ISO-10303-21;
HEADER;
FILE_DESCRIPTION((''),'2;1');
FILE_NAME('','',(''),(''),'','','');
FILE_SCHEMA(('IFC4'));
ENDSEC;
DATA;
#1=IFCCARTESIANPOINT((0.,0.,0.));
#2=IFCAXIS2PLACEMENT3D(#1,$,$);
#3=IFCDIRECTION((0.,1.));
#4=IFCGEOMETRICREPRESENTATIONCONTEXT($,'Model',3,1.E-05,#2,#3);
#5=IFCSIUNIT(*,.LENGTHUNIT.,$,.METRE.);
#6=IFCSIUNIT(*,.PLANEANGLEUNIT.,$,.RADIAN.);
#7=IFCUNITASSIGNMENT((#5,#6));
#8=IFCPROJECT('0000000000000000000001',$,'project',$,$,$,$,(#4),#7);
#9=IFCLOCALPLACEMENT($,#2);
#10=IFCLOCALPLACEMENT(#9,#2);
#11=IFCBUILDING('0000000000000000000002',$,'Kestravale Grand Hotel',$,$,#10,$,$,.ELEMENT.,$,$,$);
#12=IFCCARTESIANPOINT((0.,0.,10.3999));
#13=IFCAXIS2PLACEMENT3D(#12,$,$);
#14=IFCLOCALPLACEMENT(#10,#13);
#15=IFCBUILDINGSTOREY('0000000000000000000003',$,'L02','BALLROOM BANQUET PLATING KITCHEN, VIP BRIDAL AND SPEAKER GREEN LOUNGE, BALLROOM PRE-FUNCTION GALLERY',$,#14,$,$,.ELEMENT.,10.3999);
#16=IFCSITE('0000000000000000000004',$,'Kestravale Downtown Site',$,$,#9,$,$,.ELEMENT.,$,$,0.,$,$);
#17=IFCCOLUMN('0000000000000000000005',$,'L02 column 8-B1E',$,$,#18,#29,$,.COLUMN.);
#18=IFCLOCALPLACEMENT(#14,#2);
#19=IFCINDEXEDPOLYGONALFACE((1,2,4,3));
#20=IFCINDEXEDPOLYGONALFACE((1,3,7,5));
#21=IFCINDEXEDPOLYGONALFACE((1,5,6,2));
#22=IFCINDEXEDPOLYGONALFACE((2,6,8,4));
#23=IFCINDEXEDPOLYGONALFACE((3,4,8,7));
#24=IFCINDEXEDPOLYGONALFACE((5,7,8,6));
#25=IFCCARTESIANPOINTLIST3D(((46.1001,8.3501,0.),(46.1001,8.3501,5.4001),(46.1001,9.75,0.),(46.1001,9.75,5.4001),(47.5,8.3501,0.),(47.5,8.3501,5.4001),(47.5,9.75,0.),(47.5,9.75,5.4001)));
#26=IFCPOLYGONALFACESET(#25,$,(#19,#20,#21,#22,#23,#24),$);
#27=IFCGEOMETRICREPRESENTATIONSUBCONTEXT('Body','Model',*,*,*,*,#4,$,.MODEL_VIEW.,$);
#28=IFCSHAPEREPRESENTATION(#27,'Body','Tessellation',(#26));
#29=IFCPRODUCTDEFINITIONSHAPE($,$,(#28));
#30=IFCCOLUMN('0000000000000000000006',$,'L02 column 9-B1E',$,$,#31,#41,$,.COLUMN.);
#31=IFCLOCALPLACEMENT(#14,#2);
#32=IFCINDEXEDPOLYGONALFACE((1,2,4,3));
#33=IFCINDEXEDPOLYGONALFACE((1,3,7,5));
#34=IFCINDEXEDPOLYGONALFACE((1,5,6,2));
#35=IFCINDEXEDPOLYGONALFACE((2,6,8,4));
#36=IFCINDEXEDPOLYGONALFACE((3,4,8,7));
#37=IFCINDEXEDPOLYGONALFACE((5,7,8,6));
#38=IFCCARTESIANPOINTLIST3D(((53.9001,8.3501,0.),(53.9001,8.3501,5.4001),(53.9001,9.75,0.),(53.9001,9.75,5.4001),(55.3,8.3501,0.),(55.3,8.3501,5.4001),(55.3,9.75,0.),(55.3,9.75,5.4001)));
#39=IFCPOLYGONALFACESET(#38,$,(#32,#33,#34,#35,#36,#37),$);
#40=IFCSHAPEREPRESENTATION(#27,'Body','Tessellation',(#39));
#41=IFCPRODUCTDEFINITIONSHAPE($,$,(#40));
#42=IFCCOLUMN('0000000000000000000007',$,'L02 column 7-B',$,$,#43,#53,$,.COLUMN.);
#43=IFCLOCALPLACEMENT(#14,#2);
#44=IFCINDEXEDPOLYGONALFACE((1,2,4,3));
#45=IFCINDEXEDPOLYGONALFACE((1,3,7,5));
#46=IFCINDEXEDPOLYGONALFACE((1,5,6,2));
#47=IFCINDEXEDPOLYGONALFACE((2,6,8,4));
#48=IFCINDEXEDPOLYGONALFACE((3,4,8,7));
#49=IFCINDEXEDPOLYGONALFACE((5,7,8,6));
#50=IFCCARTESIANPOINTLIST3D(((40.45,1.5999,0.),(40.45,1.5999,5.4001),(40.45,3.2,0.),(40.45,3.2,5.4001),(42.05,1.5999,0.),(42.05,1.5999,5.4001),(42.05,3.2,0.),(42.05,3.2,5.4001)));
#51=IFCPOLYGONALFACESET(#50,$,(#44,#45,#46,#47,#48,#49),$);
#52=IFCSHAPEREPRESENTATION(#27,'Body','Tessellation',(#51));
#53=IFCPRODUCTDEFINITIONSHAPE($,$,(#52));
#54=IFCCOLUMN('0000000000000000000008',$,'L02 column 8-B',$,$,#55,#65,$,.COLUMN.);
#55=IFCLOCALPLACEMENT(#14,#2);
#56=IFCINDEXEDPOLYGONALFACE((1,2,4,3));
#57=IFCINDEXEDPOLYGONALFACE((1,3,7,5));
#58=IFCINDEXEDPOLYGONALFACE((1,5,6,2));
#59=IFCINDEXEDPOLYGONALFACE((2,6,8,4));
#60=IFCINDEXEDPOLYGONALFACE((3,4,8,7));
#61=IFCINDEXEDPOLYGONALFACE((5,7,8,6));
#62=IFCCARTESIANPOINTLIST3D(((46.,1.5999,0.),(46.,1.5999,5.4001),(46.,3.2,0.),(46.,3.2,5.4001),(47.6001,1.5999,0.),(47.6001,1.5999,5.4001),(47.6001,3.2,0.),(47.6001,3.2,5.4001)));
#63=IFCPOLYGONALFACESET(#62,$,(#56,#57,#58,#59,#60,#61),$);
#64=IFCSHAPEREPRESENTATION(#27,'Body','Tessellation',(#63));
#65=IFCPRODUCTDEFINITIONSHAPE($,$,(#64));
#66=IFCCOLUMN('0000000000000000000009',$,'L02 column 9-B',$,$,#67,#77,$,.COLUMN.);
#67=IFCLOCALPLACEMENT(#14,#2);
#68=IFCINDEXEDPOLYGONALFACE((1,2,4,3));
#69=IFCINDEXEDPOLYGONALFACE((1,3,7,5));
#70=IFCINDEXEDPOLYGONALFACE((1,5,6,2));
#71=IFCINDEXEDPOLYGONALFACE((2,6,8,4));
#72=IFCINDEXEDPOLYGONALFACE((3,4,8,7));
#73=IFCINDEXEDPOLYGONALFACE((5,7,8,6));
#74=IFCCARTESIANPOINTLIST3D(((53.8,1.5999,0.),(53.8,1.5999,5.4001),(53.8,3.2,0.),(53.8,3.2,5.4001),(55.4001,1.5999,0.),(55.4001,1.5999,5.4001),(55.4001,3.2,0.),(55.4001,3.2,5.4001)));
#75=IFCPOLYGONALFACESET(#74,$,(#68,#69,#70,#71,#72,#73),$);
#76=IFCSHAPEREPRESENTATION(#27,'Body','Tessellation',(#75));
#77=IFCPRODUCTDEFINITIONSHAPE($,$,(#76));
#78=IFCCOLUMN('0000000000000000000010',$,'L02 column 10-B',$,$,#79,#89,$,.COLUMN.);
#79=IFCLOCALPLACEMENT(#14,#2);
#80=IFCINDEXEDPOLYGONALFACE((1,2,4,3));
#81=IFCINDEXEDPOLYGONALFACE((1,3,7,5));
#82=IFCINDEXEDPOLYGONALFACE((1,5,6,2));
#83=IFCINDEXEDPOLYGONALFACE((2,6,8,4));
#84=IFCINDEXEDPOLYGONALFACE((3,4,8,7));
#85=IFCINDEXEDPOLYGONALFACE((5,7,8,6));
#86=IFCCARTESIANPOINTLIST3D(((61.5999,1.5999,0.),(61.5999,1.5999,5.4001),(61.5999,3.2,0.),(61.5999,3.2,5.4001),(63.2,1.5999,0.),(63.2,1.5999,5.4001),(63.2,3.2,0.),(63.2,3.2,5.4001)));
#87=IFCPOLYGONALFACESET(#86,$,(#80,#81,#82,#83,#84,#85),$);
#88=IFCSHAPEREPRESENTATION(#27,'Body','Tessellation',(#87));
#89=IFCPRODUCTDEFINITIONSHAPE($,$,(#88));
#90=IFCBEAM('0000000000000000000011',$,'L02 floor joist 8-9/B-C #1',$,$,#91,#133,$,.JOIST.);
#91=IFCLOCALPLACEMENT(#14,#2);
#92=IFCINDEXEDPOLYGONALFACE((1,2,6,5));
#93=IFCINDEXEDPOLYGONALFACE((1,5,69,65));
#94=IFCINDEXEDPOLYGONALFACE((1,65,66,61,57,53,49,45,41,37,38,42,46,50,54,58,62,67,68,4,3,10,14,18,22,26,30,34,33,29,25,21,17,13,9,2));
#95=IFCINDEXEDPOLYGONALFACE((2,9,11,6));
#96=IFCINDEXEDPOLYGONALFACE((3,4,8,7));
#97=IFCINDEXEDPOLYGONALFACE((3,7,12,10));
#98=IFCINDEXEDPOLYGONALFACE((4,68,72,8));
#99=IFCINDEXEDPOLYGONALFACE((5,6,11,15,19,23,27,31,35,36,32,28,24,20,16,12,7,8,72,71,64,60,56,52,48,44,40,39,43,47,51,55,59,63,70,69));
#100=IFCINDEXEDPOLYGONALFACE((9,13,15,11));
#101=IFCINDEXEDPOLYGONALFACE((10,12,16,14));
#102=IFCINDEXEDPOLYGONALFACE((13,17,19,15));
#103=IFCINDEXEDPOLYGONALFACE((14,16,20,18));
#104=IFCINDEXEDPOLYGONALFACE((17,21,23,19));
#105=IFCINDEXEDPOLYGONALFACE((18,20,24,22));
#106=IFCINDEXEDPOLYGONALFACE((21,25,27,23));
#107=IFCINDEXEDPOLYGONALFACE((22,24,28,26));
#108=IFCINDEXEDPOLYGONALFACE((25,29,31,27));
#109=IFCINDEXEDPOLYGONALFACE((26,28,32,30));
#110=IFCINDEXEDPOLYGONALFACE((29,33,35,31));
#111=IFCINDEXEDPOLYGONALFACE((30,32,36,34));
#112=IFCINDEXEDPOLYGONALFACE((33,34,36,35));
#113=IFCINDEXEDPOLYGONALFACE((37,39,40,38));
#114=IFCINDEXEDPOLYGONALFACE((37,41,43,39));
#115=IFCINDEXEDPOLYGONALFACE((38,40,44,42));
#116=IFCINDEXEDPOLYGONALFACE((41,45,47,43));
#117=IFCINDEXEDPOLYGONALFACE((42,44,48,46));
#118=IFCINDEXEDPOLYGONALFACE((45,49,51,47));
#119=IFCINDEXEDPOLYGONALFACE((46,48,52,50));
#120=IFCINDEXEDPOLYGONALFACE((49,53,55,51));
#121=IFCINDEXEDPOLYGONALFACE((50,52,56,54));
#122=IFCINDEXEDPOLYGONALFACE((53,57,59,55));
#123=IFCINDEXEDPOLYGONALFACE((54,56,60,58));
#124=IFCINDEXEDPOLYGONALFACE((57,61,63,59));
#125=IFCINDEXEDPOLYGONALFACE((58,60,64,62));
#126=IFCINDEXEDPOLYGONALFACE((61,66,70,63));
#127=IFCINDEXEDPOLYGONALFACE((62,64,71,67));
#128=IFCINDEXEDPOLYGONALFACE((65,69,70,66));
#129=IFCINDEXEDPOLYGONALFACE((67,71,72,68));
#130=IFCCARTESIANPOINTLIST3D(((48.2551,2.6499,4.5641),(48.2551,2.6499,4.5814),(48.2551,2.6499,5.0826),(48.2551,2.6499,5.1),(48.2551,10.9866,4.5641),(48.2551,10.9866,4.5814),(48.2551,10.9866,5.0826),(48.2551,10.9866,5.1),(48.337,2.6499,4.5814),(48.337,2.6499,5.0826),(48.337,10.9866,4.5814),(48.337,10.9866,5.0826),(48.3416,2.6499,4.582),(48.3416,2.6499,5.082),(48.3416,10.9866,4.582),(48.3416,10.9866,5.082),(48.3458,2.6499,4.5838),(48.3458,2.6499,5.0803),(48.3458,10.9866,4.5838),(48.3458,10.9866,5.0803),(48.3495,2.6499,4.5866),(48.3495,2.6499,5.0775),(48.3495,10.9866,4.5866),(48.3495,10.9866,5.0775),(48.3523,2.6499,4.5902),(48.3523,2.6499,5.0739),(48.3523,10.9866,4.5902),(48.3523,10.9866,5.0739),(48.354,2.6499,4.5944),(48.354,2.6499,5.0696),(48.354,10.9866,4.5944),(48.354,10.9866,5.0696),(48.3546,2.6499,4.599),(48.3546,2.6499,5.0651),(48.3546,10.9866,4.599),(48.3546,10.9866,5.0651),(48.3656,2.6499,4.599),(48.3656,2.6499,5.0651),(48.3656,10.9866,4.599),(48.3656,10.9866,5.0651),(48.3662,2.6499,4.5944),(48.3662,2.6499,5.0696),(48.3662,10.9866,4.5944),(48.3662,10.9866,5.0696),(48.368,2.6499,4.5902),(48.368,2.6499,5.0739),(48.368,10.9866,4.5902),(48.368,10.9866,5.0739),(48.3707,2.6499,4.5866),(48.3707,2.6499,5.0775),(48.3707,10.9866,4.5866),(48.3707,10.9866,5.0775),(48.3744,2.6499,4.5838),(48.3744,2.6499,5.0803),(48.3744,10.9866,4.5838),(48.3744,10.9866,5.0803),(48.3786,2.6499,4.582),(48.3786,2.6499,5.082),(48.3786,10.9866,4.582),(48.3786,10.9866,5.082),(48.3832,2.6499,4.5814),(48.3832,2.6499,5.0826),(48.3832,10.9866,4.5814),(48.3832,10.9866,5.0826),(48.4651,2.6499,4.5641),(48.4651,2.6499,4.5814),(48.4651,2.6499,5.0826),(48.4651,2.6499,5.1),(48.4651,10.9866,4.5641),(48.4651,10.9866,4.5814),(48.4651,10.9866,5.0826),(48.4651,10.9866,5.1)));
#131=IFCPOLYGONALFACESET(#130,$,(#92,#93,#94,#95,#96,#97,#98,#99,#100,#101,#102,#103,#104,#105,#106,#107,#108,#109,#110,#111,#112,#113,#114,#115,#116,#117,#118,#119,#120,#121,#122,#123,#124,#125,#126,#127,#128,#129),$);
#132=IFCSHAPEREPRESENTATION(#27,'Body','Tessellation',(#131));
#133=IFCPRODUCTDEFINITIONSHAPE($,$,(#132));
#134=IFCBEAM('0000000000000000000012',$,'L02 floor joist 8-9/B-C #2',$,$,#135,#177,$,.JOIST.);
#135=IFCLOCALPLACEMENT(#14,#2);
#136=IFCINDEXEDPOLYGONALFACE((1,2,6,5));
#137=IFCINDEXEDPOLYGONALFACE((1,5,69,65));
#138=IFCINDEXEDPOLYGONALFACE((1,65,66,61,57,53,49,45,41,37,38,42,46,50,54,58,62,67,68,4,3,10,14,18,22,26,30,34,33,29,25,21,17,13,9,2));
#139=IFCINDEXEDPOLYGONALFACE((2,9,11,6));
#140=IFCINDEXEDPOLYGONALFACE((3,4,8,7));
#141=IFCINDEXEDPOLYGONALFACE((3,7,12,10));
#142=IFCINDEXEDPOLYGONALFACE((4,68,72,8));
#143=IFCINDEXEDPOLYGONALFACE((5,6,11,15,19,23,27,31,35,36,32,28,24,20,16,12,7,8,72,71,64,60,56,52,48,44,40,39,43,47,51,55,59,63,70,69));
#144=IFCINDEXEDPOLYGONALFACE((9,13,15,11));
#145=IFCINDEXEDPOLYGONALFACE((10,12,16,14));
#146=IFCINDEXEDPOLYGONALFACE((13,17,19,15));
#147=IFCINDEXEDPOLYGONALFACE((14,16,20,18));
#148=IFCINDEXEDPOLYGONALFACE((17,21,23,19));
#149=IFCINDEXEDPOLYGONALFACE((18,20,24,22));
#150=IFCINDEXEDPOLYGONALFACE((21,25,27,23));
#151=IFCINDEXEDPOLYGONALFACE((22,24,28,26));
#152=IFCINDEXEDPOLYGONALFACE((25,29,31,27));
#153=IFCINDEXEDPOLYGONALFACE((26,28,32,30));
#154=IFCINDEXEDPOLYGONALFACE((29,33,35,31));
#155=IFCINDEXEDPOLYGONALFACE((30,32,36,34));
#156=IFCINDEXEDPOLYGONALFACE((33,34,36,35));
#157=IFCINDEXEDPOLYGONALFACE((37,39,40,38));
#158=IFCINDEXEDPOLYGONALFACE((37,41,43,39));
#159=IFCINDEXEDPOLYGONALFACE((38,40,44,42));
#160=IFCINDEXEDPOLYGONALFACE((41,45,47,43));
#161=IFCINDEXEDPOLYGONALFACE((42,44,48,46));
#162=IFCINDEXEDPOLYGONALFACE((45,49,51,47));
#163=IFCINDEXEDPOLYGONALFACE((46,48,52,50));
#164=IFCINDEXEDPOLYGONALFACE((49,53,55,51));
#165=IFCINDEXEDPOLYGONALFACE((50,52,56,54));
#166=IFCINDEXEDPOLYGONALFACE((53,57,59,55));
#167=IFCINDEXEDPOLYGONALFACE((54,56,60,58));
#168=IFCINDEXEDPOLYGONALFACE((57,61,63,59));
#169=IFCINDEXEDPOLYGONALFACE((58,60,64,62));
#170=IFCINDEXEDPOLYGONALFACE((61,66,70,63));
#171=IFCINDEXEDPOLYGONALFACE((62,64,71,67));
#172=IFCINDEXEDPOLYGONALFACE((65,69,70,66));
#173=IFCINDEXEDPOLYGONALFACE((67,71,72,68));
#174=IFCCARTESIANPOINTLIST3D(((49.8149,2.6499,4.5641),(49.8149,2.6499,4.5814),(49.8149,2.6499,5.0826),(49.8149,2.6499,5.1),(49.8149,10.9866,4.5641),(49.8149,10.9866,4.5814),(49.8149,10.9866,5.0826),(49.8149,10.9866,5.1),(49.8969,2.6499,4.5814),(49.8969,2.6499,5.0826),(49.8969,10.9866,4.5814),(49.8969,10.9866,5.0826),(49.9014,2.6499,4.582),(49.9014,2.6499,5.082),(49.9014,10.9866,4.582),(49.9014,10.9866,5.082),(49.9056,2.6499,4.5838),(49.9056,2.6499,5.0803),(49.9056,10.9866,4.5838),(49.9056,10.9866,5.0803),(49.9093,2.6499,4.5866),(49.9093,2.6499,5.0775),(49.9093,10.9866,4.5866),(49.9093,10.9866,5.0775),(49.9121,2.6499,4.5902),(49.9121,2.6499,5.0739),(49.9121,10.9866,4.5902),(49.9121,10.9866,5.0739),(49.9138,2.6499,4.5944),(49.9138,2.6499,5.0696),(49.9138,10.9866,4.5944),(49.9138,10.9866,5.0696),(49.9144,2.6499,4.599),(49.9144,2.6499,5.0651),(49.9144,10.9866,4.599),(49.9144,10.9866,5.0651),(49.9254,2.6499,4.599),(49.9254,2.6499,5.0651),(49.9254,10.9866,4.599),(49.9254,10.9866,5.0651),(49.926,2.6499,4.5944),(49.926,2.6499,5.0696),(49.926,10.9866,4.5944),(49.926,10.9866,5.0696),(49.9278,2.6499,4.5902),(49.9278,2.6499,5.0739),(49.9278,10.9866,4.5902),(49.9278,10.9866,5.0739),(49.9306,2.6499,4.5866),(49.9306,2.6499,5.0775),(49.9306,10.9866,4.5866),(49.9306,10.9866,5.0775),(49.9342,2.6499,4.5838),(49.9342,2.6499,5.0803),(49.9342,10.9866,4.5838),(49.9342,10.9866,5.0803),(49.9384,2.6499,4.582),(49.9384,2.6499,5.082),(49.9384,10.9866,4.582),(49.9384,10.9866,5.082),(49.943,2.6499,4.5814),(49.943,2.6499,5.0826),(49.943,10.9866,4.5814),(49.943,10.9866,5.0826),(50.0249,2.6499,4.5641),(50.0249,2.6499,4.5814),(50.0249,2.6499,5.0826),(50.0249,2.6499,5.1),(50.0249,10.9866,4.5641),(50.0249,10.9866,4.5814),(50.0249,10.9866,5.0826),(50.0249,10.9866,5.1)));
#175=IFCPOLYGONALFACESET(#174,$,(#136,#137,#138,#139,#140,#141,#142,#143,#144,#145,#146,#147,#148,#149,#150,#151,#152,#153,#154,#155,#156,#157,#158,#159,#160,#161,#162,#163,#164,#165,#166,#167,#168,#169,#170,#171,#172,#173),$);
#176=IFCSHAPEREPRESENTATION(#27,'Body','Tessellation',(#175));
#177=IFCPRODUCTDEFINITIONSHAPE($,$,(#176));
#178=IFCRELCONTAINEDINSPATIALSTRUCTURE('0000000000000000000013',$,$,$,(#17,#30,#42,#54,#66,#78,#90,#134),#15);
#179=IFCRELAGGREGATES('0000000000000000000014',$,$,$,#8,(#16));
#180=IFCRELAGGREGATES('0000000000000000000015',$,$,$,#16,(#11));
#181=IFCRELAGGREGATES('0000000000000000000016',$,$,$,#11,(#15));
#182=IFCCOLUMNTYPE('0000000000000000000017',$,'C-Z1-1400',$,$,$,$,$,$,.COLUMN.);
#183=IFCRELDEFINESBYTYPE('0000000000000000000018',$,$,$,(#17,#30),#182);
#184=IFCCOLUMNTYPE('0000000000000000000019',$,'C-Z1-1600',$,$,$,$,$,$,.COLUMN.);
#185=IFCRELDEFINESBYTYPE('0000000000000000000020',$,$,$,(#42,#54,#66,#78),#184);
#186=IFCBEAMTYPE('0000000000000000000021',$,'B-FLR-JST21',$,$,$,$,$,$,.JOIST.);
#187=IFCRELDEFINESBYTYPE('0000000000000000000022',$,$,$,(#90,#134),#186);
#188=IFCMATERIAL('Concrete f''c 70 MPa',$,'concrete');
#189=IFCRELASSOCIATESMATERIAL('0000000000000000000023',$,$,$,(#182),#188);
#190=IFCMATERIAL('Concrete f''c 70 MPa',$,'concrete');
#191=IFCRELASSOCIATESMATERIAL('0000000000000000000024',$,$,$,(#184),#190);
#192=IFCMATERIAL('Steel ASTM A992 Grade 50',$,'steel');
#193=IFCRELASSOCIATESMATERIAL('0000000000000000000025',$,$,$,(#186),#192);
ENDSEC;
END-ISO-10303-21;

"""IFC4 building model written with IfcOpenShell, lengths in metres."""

from ifc_helpers import new_model, si_unit, direction, frame, origin, origin_2d, place, context, subcontext, project, spatial, rectangle, i_section, extrude, material, material_profile, profile_set, type_object, element, save


model = new_model("IFC4")

# Units and contexts
model_context = context("Model", 3, precision=1e-05, world=origin(), true_north=direction((0.0, 1.0)))
body_context = subcontext(model_context, "Body", "Model", "MODEL_VIEW")
ifc_project = project(units=[si_unit("LENGTHUNIT", "METRE"), si_unit("PLANEANGLEUNIT", "RADIAN")], contexts=[model_context])

# Site, building, storey
site_placement = place(None, origin())
site = spatial("IfcSite", under=ifc_project, at=site_placement, Name="Kestravale Downtown Site", CompositionType="ELEMENT", RefElevation=0.0)
building_placement = place(site_placement, origin())
building = spatial("IfcBuilding", under=site, at=building_placement, Name="Kestravale Grand Hotel", CompositionType="ELEMENT")
storey_placement = place(building_placement, frame((0.0, 0.0, 10.3999)))
storey = spatial("IfcBuildingStorey", under=building, at=storey_placement, Name="L02", Description="BALLROOM BANQUET PLATING KITCHEN, VIP BRIDAL AND SPEAKER GREEN LOUNGE, BALLROOM PRE-FUNCTION GALLERY", CompositionType="ELEMENT", Elevation=10.3999)

# Columns
ifc_material_1 = material(Name="Concrete f'c 70 MPa", Category="concrete")
ifc_material_profile_1 = material_profile(ifc_material_1, rectangle(XDim=1.3999, YDim=1.3999, at=origin_2d()))
ifc_profile_set_1 = profile_set([ifc_material_profile_1], Name="Concrete f'c 70 MPa")
column_type_1 = type_object("IfcColumnType", Name="C-Z1-1400", PredefinedType="COLUMN", material=ifc_profile_set_1)
for number, where, z_axis, x_axis, name in (
    (1, (46.8, 9.05, 0.0), (0.0, 0.0, 1.0), (1.0, 0.0, 0.0), "L02 column 8-B1E"),
    (2, (54.6001, 9.05, 0.0), (0.0, 0.0, 1.0), (1.0, 0.0, 0.0), "L02 column 9-B1E"),
):
    element("IfcColumn", number, at=place(storey_placement, frame(where, z_axis=z_axis, x_axis=x_axis)), inside=storey, type_object=column_type_1, Name=name, PredefinedType="COLUMN", context=body_context, shape_type="SweptSolid", body=[
        extrude(rectangle(XDim=1.3999, YDim=1.3999, at=origin_2d()), origin(), (0.0, 0.0, 1.0), 5.4001),
    ])
ifc_material_2 = material(Name="Concrete f'c 70 MPa", Category="concrete")
ifc_material_profile_2 = material_profile(ifc_material_2, rectangle(XDim=1.6001, YDim=1.6001, at=origin_2d()))
ifc_profile_set_2 = profile_set([ifc_material_profile_2], Name="Concrete f'c 70 MPa")
column_type_2 = type_object("IfcColumnType", Name="C-Z1-1600", PredefinedType="COLUMN", material=ifc_profile_set_2)
for number, where, z_axis, x_axis, name in (
    (3, (41.25, 2.3999, 0.0), (0.0, 0.0, 1.0), (1.0, 0.0, 0.0), "L02 column 7-B"),
    (4, (46.8, 2.3999, 0.0), (0.0, 0.0, 1.0), (1.0, 0.0, 0.0), "L02 column 8-B"),
    (5, (54.6001, 2.3999, 0.0), (0.0, 0.0, 1.0), (1.0, 0.0, 0.0), "L02 column 9-B"),
    (6, (62.3999, 2.3999, 0.0), (0.0, 0.0, 1.0), (1.0, 0.0, 0.0), "L02 column 10-B"),
):
    element("IfcColumn", number, at=place(storey_placement, frame(where, z_axis=z_axis, x_axis=x_axis)), inside=storey, type_object=column_type_2, Name=name, PredefinedType="COLUMN", context=body_context, shape_type="SweptSolid", body=[
        extrude(rectangle(XDim=1.6001, YDim=1.6001, at=origin_2d()), origin(), (0.0, 0.0, 1.0), 5.4001),
    ])

# Beams
ifc_material_3 = material(Name="Steel ASTM A992 Grade 50", Category="steel")
ifc_material_profile_3 = material_profile(ifc_material_3, i_section(OverallWidth=0.21, OverallDepth=0.5359, WebThickness=0.011, FlangeThickness=0.0173, FilletRadius=0.0176, at=origin_2d()))
ifc_profile_set_3 = profile_set([ifc_material_profile_3], Name="Steel ASTM A992 Grade 50")
beam_type_1 = type_object("IfcBeamType", Name="B-FLR-JST21", PredefinedType="JOIST", material=ifc_profile_set_3)
for number, where, z_axis, x_axis, name in (
    (7, (48.3601, 2.6499, 4.832), (0.0, 1.0, 0.0), (-1.0, 0.0, 0.0), "L02 floor joist 8-9/B-C #1"),
    (8, (49.9199, 2.6499, 4.832), (0.0, 1.0, 0.0), (-1.0, 0.0, 0.0), "L02 floor joist 8-9/B-C #2"),
):
    element("IfcBeam", number, at=place(storey_placement, frame(where, z_axis=z_axis, x_axis=x_axis)), inside=storey, type_object=beam_type_1, Name=name, PredefinedType="JOIST", context=body_context, shape_type="SweptSolid", body=[
        extrude(i_section(OverallWidth=0.21, OverallDepth=0.5359, WebThickness=0.011, FlangeThickness=0.0173, FilletRadius=0.0176, at=origin_2d()), origin(), (0.0, 0.0, 1.0), 8.3367),
    ])

save(model, "model.ifc")
